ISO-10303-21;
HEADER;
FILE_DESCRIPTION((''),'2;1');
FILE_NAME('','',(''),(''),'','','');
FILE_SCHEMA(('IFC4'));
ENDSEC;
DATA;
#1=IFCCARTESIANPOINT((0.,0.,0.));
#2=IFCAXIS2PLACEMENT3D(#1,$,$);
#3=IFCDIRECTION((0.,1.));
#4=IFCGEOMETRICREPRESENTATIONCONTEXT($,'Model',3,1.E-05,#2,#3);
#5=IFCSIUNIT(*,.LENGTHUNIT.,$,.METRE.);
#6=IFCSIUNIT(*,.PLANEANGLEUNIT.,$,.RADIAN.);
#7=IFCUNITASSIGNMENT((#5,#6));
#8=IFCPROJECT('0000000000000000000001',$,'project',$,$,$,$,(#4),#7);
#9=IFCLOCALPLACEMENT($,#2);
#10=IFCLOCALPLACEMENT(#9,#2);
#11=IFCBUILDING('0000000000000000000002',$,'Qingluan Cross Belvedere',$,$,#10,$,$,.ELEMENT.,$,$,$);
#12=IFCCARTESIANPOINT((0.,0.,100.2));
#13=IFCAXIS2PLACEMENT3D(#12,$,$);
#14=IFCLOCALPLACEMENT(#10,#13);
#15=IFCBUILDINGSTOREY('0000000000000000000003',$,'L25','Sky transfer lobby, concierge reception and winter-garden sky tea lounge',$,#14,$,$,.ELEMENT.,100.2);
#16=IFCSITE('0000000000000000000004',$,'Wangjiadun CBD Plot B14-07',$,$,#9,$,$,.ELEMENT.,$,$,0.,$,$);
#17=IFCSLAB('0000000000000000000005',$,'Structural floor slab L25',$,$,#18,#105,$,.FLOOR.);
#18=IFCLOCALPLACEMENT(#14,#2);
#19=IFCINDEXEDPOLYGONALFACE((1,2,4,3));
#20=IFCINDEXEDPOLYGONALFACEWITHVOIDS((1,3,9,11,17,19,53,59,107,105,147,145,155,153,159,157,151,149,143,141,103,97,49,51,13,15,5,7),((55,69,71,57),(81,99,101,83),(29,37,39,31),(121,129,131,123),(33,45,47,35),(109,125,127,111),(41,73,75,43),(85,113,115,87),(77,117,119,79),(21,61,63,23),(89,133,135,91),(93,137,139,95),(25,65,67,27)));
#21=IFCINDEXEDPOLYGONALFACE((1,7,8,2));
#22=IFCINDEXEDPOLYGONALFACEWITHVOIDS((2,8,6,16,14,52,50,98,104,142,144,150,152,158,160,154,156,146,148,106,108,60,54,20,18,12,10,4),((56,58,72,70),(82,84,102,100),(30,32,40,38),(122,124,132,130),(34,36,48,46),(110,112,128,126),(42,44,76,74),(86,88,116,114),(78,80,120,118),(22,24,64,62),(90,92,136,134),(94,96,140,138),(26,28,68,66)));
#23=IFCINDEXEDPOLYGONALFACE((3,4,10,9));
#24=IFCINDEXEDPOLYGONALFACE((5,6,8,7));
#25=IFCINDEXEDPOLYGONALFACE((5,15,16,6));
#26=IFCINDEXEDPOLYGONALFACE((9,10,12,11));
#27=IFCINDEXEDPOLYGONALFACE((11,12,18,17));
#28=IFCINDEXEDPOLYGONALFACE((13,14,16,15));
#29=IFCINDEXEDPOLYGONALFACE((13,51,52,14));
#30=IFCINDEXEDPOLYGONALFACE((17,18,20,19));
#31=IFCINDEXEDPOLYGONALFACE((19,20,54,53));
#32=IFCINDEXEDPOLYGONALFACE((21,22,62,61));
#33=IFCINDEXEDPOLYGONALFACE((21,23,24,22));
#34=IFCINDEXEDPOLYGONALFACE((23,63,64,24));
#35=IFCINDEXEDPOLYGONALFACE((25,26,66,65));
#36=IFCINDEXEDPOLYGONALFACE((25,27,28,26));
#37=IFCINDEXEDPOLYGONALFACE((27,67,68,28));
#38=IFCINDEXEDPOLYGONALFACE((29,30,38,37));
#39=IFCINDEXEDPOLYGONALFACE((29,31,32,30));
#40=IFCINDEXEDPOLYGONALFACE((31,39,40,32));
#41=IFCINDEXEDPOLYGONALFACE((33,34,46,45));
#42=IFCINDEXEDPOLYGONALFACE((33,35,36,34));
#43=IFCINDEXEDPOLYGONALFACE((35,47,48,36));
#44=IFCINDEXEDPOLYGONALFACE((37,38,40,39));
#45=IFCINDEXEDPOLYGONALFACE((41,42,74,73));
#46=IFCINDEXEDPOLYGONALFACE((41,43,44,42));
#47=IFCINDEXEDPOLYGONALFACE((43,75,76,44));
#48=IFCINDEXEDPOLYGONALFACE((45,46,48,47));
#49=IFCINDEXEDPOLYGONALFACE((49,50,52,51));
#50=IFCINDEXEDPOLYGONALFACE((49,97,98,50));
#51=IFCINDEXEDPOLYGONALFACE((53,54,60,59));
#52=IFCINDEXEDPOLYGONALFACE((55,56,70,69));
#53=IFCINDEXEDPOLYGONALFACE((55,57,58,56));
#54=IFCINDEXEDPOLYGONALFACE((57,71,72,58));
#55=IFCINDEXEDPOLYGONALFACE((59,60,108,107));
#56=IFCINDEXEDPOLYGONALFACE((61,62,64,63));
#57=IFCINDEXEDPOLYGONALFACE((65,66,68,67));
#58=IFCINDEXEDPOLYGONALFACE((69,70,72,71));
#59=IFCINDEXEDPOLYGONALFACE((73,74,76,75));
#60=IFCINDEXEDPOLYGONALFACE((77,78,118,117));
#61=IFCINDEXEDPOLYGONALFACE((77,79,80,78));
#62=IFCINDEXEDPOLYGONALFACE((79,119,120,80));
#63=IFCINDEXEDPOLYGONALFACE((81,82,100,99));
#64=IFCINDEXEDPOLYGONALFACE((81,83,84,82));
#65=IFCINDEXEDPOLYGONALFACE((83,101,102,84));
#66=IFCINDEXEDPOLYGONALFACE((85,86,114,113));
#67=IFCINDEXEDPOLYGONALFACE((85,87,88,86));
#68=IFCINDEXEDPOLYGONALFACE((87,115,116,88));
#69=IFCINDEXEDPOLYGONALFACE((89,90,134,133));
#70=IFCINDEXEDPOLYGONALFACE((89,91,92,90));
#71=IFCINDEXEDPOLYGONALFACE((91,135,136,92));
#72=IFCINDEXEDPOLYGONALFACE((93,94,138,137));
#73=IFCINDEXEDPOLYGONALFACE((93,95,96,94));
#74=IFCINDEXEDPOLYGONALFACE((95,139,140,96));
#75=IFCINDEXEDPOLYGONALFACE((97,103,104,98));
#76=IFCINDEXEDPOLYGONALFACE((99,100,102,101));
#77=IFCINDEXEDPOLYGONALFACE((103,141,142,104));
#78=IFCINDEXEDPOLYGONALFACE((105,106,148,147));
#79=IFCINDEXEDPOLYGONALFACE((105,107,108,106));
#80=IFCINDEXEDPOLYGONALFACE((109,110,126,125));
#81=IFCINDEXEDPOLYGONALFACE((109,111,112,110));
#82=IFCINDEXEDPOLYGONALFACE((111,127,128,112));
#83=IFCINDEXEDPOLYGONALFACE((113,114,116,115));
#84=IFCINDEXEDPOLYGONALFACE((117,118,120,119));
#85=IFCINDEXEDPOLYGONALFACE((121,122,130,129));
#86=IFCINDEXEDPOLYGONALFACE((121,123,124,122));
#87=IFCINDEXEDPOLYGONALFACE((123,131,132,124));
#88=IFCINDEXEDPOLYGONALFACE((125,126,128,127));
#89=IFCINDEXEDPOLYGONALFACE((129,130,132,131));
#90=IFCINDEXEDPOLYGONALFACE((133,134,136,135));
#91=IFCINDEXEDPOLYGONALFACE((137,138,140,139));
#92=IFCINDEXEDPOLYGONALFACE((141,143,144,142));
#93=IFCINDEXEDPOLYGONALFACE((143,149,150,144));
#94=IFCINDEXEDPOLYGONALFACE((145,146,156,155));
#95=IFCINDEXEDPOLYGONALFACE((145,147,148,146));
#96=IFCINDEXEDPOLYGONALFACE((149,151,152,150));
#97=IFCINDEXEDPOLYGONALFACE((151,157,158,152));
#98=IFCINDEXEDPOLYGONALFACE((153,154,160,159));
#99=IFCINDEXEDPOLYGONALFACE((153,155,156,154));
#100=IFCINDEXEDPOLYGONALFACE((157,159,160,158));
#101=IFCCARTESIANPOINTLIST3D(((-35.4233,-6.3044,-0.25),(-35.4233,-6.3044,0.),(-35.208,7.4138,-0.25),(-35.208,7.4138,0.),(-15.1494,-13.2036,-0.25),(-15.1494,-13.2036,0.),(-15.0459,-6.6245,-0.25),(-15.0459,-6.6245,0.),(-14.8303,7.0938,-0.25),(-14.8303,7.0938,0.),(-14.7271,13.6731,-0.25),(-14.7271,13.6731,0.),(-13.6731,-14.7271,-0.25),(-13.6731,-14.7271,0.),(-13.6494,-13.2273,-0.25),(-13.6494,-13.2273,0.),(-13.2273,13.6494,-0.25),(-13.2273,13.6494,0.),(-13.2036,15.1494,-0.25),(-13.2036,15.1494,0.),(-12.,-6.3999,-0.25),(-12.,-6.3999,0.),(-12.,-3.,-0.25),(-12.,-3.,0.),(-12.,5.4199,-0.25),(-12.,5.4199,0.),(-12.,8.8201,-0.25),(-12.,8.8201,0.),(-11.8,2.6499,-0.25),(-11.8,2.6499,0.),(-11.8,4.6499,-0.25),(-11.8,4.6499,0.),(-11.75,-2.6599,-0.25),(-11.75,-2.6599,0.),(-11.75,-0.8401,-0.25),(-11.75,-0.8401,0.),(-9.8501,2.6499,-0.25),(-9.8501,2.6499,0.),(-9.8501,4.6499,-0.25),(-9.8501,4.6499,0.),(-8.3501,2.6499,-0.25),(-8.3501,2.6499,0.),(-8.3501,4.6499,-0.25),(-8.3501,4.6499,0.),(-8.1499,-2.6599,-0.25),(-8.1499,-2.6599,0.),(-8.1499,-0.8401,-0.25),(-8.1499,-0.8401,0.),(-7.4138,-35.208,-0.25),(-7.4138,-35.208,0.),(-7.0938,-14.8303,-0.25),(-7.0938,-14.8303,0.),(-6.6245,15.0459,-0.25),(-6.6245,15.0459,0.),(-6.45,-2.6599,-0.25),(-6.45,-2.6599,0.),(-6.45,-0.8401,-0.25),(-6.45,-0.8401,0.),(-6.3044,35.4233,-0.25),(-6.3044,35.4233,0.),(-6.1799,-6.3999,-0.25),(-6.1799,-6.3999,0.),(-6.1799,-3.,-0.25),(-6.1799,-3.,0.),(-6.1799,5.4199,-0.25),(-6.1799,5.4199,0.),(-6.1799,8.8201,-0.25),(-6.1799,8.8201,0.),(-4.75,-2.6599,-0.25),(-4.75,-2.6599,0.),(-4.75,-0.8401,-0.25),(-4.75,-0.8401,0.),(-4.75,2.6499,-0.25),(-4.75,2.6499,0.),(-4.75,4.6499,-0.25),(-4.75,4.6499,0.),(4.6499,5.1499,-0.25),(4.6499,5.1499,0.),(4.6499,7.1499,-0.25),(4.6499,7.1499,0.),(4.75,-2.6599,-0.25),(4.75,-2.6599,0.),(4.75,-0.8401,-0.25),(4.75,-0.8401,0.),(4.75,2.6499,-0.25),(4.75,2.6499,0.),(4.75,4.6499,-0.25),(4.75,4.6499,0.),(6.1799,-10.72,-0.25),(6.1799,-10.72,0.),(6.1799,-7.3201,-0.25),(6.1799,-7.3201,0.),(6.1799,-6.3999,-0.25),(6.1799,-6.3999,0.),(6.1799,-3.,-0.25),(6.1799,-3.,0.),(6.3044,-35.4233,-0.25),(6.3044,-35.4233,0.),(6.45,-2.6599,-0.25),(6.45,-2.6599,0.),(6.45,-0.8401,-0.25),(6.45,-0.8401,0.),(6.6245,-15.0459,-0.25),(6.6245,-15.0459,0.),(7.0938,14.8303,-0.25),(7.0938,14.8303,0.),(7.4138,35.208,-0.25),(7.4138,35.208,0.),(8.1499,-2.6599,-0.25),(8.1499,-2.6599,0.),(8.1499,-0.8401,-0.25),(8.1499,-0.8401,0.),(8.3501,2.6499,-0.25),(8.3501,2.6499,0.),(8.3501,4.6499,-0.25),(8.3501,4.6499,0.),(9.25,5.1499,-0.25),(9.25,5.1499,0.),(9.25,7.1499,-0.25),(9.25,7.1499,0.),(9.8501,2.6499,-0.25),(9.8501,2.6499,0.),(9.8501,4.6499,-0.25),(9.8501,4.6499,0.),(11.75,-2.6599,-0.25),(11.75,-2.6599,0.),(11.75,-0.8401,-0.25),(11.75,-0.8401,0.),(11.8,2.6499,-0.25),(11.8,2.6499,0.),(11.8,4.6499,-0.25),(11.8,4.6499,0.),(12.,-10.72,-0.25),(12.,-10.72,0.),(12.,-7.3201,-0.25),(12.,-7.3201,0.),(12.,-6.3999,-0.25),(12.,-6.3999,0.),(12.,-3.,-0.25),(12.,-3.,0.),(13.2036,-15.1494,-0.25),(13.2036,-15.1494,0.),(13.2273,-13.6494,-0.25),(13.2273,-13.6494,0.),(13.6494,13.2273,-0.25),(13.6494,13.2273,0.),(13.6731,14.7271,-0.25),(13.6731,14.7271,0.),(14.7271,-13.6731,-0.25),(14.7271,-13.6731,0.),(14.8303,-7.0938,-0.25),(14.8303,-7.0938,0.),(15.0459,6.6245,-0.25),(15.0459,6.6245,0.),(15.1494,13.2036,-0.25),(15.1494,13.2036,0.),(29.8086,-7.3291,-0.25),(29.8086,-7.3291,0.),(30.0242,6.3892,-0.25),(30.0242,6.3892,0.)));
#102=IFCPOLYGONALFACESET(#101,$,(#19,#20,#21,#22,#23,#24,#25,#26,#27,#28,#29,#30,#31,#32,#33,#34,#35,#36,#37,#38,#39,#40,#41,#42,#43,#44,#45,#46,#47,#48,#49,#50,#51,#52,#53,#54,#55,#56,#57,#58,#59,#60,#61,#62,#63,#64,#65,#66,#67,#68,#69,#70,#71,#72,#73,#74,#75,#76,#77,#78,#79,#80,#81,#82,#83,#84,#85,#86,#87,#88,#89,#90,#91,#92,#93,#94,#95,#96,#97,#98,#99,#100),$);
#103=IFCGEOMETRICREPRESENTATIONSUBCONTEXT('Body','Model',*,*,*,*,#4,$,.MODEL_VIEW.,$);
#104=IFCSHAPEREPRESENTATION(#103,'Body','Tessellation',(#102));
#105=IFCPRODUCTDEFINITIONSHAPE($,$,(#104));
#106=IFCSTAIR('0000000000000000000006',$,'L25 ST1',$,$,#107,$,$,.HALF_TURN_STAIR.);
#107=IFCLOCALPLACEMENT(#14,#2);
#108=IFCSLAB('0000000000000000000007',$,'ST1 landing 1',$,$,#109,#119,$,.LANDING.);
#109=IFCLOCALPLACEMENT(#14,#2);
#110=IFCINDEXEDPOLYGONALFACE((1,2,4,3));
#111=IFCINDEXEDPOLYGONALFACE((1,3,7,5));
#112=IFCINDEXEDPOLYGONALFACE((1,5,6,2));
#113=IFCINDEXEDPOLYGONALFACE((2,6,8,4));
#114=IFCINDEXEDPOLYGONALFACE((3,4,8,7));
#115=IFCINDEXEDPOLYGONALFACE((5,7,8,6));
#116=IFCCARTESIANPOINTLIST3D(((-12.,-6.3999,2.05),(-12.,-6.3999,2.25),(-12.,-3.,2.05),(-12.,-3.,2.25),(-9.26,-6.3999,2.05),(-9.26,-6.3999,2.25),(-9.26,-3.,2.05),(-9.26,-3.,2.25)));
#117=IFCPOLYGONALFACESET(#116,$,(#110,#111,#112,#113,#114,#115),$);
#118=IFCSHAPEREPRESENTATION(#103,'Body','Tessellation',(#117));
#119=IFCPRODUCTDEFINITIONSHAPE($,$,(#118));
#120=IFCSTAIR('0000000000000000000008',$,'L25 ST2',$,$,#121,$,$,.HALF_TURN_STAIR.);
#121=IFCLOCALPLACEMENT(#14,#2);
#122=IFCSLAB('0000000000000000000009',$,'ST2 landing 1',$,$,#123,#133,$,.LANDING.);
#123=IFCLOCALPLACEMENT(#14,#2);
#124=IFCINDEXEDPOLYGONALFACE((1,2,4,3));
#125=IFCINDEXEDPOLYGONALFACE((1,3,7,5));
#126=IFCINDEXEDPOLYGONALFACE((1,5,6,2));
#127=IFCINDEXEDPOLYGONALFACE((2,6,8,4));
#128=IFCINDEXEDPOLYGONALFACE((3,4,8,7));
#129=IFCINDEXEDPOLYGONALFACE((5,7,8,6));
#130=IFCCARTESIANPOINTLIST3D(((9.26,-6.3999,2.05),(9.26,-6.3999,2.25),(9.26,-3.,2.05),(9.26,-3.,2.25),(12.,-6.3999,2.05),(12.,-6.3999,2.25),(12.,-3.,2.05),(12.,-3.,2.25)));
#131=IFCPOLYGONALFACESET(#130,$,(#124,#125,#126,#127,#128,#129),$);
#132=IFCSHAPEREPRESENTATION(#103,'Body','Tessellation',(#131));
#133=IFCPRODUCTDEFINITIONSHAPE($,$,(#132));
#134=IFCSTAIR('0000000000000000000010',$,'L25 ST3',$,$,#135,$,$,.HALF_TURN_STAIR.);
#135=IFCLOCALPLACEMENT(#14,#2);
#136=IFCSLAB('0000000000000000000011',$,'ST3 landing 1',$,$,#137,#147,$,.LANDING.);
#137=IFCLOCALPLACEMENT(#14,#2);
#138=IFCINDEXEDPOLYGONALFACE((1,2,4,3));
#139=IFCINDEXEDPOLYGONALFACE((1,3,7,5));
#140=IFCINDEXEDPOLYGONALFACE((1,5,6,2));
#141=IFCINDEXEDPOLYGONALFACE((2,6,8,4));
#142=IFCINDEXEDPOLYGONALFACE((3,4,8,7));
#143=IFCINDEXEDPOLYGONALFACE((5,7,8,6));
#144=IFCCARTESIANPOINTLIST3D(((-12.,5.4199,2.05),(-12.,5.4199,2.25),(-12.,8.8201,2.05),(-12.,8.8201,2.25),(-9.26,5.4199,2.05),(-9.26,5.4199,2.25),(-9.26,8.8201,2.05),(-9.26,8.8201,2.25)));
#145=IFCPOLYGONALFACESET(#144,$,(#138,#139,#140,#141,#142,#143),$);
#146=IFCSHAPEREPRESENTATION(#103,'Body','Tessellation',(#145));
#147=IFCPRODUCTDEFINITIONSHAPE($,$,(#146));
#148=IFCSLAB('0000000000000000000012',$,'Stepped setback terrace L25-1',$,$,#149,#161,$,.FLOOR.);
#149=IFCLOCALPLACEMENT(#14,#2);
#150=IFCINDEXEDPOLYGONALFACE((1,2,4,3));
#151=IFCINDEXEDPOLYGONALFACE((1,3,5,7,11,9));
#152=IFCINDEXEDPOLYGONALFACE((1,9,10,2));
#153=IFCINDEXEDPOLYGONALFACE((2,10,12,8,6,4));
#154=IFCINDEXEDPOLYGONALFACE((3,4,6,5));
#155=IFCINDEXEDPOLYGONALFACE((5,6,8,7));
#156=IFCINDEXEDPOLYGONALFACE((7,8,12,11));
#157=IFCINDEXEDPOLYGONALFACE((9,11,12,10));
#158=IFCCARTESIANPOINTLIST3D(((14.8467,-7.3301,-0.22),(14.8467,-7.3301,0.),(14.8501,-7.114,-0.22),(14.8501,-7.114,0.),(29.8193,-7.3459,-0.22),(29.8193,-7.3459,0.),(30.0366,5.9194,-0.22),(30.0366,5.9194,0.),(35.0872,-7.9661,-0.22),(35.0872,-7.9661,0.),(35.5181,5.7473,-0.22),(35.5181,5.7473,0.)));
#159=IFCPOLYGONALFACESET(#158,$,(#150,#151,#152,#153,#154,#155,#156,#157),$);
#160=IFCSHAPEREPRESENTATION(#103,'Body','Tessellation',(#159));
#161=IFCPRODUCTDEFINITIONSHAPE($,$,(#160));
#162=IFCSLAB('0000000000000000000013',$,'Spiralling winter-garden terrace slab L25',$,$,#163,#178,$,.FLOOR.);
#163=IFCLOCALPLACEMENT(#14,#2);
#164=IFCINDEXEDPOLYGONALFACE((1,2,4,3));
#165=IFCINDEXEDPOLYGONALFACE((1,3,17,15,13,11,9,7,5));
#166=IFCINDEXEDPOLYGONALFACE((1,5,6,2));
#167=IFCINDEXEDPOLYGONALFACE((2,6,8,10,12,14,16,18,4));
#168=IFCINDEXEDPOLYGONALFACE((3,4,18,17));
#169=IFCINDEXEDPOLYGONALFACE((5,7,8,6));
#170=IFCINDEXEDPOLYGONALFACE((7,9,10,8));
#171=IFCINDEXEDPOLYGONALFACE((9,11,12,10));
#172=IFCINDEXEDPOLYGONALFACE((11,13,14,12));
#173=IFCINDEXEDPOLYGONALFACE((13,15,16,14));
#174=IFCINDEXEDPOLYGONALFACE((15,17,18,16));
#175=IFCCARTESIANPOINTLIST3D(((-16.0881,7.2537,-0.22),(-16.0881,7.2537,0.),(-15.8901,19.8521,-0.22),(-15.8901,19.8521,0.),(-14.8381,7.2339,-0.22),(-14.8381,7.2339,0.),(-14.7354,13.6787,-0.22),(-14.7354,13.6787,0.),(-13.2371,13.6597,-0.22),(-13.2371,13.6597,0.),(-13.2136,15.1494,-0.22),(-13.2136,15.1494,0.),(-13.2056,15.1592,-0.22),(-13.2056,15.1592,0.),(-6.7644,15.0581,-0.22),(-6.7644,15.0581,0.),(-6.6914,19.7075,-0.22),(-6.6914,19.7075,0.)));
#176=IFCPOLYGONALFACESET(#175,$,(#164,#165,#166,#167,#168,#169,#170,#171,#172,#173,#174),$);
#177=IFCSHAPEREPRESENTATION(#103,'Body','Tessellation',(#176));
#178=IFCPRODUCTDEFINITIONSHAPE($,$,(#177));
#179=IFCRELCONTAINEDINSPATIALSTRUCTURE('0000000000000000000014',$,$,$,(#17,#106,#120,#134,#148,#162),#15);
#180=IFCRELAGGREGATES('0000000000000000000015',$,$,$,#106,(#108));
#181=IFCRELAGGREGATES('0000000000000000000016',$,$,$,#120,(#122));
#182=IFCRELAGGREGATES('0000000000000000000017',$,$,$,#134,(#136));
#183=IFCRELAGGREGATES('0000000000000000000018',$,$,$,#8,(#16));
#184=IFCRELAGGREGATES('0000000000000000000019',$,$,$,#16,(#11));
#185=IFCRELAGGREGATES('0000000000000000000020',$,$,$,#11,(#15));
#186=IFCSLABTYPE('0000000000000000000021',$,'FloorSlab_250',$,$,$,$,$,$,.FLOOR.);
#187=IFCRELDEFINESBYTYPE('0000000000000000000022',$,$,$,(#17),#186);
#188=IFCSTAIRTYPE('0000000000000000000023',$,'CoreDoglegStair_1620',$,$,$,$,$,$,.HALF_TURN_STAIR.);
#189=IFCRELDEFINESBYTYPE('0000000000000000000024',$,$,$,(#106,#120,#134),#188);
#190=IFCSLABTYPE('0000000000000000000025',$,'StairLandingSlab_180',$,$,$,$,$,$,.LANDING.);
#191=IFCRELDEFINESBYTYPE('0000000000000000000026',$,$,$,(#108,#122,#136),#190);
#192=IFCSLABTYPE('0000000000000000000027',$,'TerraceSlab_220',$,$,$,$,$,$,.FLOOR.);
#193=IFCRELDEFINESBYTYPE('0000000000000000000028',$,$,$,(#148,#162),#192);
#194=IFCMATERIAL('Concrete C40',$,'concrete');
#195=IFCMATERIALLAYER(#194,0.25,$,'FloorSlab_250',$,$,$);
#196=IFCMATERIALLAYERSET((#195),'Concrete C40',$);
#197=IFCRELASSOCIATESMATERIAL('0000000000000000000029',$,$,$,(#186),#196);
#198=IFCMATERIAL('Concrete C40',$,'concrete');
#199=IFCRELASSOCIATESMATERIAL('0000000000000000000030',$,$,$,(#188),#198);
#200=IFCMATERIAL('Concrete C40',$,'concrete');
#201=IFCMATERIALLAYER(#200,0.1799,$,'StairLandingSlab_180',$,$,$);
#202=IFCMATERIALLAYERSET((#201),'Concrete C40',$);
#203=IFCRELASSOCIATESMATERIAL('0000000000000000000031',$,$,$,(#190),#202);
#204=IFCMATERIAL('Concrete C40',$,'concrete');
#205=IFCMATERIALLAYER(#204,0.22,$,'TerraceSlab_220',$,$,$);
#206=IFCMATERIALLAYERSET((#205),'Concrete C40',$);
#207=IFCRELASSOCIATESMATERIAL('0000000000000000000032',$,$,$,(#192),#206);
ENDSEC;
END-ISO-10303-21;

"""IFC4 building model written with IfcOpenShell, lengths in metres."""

from ifc_helpers import new_model, si_unit, direction, frame, origin, place, context, subcontext, project, spatial, polyline, outline, extrude, material, layer, layer_set, type_object, element, aggregate, save


model = new_model("IFC4")

# Units and contexts
model_context = context("Model", 3, precision=1e-05, world=origin(), true_north=direction((0.0, 1.0)))
body_context = subcontext(model_context, "Body", "Model", "MODEL_VIEW")
ifc_project = project(units=[si_unit("LENGTHUNIT", "METRE"), si_unit("PLANEANGLEUNIT", "RADIAN")], contexts=[model_context])

# Site, building, storey
site_placement = place(None, origin())
site = spatial("IfcSite", under=ifc_project, at=site_placement, Name="Wangjiadun CBD Plot B14-07", CompositionType="ELEMENT", RefElevation=0.0)
building_placement = place(site_placement, origin())
building = spatial("IfcBuilding", under=site, at=building_placement, Name="Qingluan Cross Belvedere", CompositionType="ELEMENT")
storey_placement = place(building_placement, frame((0.0, 0.0, 100.2)))
storey = spatial("IfcBuildingStorey", under=building, at=storey_placement, Name="L25", Description="Sky transfer lobby, concierge reception and winter-garden sky tea lounge", CompositionType="ELEMENT", Elevation=100.2)

# Slab
ifc_material_1 = material(Name="Concrete C40", Category="concrete")
ifc_layer_1 = layer(ifc_material_1, 0.25, Name="FloorSlab_250")
ifc_layer_set_1 = layer_set([ifc_layer_1], Name="Concrete C40")
slab_type_1 = type_object("IfcSlabType", Name="FloorSlab_250", PredefinedType="FLOOR", material=ifc_layer_set_1)
slab_1_placement = place(storey_placement, frame((0.0, 0.0, -0.25)))
element("IfcSlab", 1, at=slab_1_placement, inside=storey, type_object=slab_type_1, Name="Structural floor slab L25", PredefinedType="FLOOR", context=body_context, shape_type="SweptSolid", body=[
    extrude(outline(polyline([(6.3044, -35.4233), (6.6245, -15.0459), (13.2036, -15.1494), (13.2273, -13.6494), (14.7271, -13.6731), (14.8303, -7.0938), (29.8086, -7.3291), (30.0242, 6.3892), (15.0459, 6.6245), (15.1494, 13.2036), (13.6494, 13.2273), (13.6731, 14.7271), (7.0938, 14.8303), (7.4138, 35.208), (-6.3044, 35.4233), (-6.6245, 15.0459), (-13.2036, 15.1494), (-13.2273, 13.6494), (-14.7271, 13.6731), (-14.8303, 7.0938), (-35.208, 7.4138), (-35.4233, -6.3044), (-15.0459, -6.6245), (-15.1494, -13.2036), (-13.6494, -13.2273), (-13.6731, -14.7271), (-7.0938, -14.8303), (-7.4138, -35.208), (6.3044, -35.4233)]), holes=[polyline([(-12.0, -3.0), (-6.1799, -3.0), (-6.1799, -6.3999), (-12.0, -6.3999), (-12.0, -3.0)]), polyline([(6.1799, -3.0), (12.0, -3.0), (12.0, -6.3999), (6.1799, -6.3999), (6.1799, -3.0)]), polyline([(-12.0, 8.8201), (-6.1799, 8.8201), (-6.1799, 5.4199), (-12.0, 5.4199), (-12.0, 8.8201)]), polyline([(6.1799, -7.3201), (12.0, -7.3201), (12.0, -10.72), (6.1799, -10.72), (6.1799, -7.3201)]), polyline([(-11.8, 4.6499), (-9.8501, 4.6499), (-9.8501, 2.6499), (-11.8, 2.6499), (-11.8, 4.6499)]), polyline([(-8.3501, 4.6499), (-4.75, 4.6499), (-4.75, 2.6499), (-8.3501, 2.6499), (-8.3501, 4.6499)]), polyline([(4.75, 4.6499), (8.3501, 4.6499), (8.3501, 2.6499), (4.75, 2.6499), (4.75, 4.6499)]), polyline([(9.8501, 4.6499), (11.8, 4.6499), (11.8, 2.6499), (9.8501, 2.6499), (9.8501, 4.6499)]), polyline([(-11.75, -0.8401), (-8.1499, -0.8401), (-8.1499, -2.6599), (-11.75, -2.6599), (-11.75, -0.8401)]), polyline([(-6.45, -0.8401), (-4.75, -0.8401), (-4.75, -2.6599), (-6.45, -2.6599), (-6.45, -0.8401)]), polyline([(4.75, -0.8401), (6.45, -0.8401), (6.45, -2.6599), (4.75, -2.6599), (4.75, -0.8401)]), polyline([(8.1499, -0.8401), (11.75, -0.8401), (11.75, -2.6599), (8.1499, -2.6599), (8.1499, -0.8401)]), polyline([(4.6499, 7.1499), (9.25, 7.1499), (9.25, 5.1499), (4.6499, 5.1499), (4.6499, 7.1499)])]), origin(), (0.0, 0.0, 1.0), 0.25),
])

# Stairs, slabs
ifc_material_2 = material(Name="Concrete C40", Category="concrete")
stair_type = type_object("IfcStairType", Name="CoreDoglegStair_1620", PredefinedType="HALF_TURN_STAIR", material=ifc_material_2)
stair_1_placement = place(storey_placement, origin())
stair_1 = element("IfcStair", 2, at=stair_1_placement, inside=storey, type_object=stair_type, Name="L25 ST1", PredefinedType="HALF_TURN_STAIR")
ifc_material_3 = material(Name="Concrete C40", Category="concrete")
ifc_layer_2 = layer(ifc_material_3, 0.1799, Name="StairLandingSlab_180")
ifc_layer_set_2 = layer_set([ifc_layer_2], Name="Concrete C40")
slab_type_2 = type_object("IfcSlabType", Name="StairLandingSlab_180", PredefinedType="LANDING", material=ifc_layer_set_2)
slab_2_placement = place(storey_placement, frame((0.0, 0.0, 2.05)))
slab_2 = element("IfcSlab", 3, at=slab_2_placement, type_object=slab_type_2, Name="ST1 landing 1", PredefinedType="LANDING", context=body_context, shape_type="SweptSolid", body=[
    extrude(outline(polyline([(-9.26, -3.0), (-12.0, -3.0), (-12.0, -6.3999), (-9.26, -6.3999), (-9.26, -3.0)])), origin(), (0.0, 0.0, 1.0), 0.2),
])
aggregate(stair_1, [slab_2])
stair_2_placement = place(storey_placement, origin())
stair_2 = element("IfcStair", 4, at=stair_2_placement, inside=storey, type_object=stair_type, Name="L25 ST2", PredefinedType="HALF_TURN_STAIR")
slab_3_placement = place(storey_placement, frame((0.0, 0.0, 2.05)))
slab_3 = element("IfcSlab", 5, at=slab_3_placement, type_object=slab_type_2, Name="ST2 landing 1", PredefinedType="LANDING", context=body_context, shape_type="SweptSolid", body=[
    extrude(outline(polyline([(9.26, -6.3999), (12.0, -6.3999), (12.0, -3.0), (9.26, -3.0), (9.26, -6.3999)])), origin(), (0.0, 0.0, 1.0), 0.2),
])
aggregate(stair_2, [slab_3])
stair_3_placement = place(storey_placement, origin())
stair_3 = element("IfcStair", 6, at=stair_3_placement, inside=storey, type_object=stair_type, Name="L25 ST3", PredefinedType="HALF_TURN_STAIR")
slab_4_placement = place(storey_placement, frame((0.0, 0.0, 2.05)))
slab_4 = element("IfcSlab", 7, at=slab_4_placement, type_object=slab_type_2, Name="ST3 landing 1", PredefinedType="LANDING", context=body_context, shape_type="SweptSolid", body=[
    extrude(outline(polyline([(-9.26, 8.8201), (-12.0, 8.8201), (-12.0, 5.4199), (-9.26, 5.4199), (-9.26, 8.8201)])), origin(), (0.0, 0.0, 1.0), 0.2),
])
aggregate(stair_3, [slab_4])

# Slabs
ifc_material_4 = material(Name="Concrete C40", Category="concrete")
ifc_layer_3 = layer(ifc_material_4, 0.22, Name="TerraceSlab_220")
ifc_layer_set_3 = layer_set([ifc_layer_3], Name="Concrete C40")
slab_type_3 = type_object("IfcSlabType", Name="TerraceSlab_220", PredefinedType="FLOOR", material=ifc_layer_set_3)
slab_5_placement = place(storey_placement, frame((0.0, 0.0, -0.22)))
element("IfcSlab", 8, at=slab_5_placement, inside=storey, type_object=slab_type_3, Name="Stepped setback terrace L25-1", PredefinedType="FLOOR", context=body_context, shape_type="SweptSolid", body=[
    extrude(outline(polyline([(35.5181, 5.7473), (30.0366, 5.9194), (29.8193, -7.3459), (14.8501, -7.114), (14.8467, -7.3301), (35.0872, -7.9661), (35.5181, 5.7473)])), origin(), (0.0, 0.0, 1.0), 0.22),
])
slab_6_placement = place(storey_placement, frame((0.0, 0.0, -0.22)))
element("IfcSlab", 9, at=slab_6_placement, inside=storey, type_object=slab_type_3, Name="Spiralling winter-garden terrace slab L25", PredefinedType="FLOOR", context=body_context, shape_type="SweptSolid", body=[
    extrude(outline(polyline([(-14.8381, 7.2339), (-14.7354, 13.6787), (-13.2371, 13.6597), (-13.2136, 15.1494), (-13.2056, 15.1592), (-6.7644, 15.0581), (-6.6914, 19.7075), (-15.8901, 19.8521), (-16.0881, 7.2537), (-14.8381, 7.2339)])), origin(), (0.0, 0.0, 1.0), 0.22),
])

save(model, "model.ifc")
